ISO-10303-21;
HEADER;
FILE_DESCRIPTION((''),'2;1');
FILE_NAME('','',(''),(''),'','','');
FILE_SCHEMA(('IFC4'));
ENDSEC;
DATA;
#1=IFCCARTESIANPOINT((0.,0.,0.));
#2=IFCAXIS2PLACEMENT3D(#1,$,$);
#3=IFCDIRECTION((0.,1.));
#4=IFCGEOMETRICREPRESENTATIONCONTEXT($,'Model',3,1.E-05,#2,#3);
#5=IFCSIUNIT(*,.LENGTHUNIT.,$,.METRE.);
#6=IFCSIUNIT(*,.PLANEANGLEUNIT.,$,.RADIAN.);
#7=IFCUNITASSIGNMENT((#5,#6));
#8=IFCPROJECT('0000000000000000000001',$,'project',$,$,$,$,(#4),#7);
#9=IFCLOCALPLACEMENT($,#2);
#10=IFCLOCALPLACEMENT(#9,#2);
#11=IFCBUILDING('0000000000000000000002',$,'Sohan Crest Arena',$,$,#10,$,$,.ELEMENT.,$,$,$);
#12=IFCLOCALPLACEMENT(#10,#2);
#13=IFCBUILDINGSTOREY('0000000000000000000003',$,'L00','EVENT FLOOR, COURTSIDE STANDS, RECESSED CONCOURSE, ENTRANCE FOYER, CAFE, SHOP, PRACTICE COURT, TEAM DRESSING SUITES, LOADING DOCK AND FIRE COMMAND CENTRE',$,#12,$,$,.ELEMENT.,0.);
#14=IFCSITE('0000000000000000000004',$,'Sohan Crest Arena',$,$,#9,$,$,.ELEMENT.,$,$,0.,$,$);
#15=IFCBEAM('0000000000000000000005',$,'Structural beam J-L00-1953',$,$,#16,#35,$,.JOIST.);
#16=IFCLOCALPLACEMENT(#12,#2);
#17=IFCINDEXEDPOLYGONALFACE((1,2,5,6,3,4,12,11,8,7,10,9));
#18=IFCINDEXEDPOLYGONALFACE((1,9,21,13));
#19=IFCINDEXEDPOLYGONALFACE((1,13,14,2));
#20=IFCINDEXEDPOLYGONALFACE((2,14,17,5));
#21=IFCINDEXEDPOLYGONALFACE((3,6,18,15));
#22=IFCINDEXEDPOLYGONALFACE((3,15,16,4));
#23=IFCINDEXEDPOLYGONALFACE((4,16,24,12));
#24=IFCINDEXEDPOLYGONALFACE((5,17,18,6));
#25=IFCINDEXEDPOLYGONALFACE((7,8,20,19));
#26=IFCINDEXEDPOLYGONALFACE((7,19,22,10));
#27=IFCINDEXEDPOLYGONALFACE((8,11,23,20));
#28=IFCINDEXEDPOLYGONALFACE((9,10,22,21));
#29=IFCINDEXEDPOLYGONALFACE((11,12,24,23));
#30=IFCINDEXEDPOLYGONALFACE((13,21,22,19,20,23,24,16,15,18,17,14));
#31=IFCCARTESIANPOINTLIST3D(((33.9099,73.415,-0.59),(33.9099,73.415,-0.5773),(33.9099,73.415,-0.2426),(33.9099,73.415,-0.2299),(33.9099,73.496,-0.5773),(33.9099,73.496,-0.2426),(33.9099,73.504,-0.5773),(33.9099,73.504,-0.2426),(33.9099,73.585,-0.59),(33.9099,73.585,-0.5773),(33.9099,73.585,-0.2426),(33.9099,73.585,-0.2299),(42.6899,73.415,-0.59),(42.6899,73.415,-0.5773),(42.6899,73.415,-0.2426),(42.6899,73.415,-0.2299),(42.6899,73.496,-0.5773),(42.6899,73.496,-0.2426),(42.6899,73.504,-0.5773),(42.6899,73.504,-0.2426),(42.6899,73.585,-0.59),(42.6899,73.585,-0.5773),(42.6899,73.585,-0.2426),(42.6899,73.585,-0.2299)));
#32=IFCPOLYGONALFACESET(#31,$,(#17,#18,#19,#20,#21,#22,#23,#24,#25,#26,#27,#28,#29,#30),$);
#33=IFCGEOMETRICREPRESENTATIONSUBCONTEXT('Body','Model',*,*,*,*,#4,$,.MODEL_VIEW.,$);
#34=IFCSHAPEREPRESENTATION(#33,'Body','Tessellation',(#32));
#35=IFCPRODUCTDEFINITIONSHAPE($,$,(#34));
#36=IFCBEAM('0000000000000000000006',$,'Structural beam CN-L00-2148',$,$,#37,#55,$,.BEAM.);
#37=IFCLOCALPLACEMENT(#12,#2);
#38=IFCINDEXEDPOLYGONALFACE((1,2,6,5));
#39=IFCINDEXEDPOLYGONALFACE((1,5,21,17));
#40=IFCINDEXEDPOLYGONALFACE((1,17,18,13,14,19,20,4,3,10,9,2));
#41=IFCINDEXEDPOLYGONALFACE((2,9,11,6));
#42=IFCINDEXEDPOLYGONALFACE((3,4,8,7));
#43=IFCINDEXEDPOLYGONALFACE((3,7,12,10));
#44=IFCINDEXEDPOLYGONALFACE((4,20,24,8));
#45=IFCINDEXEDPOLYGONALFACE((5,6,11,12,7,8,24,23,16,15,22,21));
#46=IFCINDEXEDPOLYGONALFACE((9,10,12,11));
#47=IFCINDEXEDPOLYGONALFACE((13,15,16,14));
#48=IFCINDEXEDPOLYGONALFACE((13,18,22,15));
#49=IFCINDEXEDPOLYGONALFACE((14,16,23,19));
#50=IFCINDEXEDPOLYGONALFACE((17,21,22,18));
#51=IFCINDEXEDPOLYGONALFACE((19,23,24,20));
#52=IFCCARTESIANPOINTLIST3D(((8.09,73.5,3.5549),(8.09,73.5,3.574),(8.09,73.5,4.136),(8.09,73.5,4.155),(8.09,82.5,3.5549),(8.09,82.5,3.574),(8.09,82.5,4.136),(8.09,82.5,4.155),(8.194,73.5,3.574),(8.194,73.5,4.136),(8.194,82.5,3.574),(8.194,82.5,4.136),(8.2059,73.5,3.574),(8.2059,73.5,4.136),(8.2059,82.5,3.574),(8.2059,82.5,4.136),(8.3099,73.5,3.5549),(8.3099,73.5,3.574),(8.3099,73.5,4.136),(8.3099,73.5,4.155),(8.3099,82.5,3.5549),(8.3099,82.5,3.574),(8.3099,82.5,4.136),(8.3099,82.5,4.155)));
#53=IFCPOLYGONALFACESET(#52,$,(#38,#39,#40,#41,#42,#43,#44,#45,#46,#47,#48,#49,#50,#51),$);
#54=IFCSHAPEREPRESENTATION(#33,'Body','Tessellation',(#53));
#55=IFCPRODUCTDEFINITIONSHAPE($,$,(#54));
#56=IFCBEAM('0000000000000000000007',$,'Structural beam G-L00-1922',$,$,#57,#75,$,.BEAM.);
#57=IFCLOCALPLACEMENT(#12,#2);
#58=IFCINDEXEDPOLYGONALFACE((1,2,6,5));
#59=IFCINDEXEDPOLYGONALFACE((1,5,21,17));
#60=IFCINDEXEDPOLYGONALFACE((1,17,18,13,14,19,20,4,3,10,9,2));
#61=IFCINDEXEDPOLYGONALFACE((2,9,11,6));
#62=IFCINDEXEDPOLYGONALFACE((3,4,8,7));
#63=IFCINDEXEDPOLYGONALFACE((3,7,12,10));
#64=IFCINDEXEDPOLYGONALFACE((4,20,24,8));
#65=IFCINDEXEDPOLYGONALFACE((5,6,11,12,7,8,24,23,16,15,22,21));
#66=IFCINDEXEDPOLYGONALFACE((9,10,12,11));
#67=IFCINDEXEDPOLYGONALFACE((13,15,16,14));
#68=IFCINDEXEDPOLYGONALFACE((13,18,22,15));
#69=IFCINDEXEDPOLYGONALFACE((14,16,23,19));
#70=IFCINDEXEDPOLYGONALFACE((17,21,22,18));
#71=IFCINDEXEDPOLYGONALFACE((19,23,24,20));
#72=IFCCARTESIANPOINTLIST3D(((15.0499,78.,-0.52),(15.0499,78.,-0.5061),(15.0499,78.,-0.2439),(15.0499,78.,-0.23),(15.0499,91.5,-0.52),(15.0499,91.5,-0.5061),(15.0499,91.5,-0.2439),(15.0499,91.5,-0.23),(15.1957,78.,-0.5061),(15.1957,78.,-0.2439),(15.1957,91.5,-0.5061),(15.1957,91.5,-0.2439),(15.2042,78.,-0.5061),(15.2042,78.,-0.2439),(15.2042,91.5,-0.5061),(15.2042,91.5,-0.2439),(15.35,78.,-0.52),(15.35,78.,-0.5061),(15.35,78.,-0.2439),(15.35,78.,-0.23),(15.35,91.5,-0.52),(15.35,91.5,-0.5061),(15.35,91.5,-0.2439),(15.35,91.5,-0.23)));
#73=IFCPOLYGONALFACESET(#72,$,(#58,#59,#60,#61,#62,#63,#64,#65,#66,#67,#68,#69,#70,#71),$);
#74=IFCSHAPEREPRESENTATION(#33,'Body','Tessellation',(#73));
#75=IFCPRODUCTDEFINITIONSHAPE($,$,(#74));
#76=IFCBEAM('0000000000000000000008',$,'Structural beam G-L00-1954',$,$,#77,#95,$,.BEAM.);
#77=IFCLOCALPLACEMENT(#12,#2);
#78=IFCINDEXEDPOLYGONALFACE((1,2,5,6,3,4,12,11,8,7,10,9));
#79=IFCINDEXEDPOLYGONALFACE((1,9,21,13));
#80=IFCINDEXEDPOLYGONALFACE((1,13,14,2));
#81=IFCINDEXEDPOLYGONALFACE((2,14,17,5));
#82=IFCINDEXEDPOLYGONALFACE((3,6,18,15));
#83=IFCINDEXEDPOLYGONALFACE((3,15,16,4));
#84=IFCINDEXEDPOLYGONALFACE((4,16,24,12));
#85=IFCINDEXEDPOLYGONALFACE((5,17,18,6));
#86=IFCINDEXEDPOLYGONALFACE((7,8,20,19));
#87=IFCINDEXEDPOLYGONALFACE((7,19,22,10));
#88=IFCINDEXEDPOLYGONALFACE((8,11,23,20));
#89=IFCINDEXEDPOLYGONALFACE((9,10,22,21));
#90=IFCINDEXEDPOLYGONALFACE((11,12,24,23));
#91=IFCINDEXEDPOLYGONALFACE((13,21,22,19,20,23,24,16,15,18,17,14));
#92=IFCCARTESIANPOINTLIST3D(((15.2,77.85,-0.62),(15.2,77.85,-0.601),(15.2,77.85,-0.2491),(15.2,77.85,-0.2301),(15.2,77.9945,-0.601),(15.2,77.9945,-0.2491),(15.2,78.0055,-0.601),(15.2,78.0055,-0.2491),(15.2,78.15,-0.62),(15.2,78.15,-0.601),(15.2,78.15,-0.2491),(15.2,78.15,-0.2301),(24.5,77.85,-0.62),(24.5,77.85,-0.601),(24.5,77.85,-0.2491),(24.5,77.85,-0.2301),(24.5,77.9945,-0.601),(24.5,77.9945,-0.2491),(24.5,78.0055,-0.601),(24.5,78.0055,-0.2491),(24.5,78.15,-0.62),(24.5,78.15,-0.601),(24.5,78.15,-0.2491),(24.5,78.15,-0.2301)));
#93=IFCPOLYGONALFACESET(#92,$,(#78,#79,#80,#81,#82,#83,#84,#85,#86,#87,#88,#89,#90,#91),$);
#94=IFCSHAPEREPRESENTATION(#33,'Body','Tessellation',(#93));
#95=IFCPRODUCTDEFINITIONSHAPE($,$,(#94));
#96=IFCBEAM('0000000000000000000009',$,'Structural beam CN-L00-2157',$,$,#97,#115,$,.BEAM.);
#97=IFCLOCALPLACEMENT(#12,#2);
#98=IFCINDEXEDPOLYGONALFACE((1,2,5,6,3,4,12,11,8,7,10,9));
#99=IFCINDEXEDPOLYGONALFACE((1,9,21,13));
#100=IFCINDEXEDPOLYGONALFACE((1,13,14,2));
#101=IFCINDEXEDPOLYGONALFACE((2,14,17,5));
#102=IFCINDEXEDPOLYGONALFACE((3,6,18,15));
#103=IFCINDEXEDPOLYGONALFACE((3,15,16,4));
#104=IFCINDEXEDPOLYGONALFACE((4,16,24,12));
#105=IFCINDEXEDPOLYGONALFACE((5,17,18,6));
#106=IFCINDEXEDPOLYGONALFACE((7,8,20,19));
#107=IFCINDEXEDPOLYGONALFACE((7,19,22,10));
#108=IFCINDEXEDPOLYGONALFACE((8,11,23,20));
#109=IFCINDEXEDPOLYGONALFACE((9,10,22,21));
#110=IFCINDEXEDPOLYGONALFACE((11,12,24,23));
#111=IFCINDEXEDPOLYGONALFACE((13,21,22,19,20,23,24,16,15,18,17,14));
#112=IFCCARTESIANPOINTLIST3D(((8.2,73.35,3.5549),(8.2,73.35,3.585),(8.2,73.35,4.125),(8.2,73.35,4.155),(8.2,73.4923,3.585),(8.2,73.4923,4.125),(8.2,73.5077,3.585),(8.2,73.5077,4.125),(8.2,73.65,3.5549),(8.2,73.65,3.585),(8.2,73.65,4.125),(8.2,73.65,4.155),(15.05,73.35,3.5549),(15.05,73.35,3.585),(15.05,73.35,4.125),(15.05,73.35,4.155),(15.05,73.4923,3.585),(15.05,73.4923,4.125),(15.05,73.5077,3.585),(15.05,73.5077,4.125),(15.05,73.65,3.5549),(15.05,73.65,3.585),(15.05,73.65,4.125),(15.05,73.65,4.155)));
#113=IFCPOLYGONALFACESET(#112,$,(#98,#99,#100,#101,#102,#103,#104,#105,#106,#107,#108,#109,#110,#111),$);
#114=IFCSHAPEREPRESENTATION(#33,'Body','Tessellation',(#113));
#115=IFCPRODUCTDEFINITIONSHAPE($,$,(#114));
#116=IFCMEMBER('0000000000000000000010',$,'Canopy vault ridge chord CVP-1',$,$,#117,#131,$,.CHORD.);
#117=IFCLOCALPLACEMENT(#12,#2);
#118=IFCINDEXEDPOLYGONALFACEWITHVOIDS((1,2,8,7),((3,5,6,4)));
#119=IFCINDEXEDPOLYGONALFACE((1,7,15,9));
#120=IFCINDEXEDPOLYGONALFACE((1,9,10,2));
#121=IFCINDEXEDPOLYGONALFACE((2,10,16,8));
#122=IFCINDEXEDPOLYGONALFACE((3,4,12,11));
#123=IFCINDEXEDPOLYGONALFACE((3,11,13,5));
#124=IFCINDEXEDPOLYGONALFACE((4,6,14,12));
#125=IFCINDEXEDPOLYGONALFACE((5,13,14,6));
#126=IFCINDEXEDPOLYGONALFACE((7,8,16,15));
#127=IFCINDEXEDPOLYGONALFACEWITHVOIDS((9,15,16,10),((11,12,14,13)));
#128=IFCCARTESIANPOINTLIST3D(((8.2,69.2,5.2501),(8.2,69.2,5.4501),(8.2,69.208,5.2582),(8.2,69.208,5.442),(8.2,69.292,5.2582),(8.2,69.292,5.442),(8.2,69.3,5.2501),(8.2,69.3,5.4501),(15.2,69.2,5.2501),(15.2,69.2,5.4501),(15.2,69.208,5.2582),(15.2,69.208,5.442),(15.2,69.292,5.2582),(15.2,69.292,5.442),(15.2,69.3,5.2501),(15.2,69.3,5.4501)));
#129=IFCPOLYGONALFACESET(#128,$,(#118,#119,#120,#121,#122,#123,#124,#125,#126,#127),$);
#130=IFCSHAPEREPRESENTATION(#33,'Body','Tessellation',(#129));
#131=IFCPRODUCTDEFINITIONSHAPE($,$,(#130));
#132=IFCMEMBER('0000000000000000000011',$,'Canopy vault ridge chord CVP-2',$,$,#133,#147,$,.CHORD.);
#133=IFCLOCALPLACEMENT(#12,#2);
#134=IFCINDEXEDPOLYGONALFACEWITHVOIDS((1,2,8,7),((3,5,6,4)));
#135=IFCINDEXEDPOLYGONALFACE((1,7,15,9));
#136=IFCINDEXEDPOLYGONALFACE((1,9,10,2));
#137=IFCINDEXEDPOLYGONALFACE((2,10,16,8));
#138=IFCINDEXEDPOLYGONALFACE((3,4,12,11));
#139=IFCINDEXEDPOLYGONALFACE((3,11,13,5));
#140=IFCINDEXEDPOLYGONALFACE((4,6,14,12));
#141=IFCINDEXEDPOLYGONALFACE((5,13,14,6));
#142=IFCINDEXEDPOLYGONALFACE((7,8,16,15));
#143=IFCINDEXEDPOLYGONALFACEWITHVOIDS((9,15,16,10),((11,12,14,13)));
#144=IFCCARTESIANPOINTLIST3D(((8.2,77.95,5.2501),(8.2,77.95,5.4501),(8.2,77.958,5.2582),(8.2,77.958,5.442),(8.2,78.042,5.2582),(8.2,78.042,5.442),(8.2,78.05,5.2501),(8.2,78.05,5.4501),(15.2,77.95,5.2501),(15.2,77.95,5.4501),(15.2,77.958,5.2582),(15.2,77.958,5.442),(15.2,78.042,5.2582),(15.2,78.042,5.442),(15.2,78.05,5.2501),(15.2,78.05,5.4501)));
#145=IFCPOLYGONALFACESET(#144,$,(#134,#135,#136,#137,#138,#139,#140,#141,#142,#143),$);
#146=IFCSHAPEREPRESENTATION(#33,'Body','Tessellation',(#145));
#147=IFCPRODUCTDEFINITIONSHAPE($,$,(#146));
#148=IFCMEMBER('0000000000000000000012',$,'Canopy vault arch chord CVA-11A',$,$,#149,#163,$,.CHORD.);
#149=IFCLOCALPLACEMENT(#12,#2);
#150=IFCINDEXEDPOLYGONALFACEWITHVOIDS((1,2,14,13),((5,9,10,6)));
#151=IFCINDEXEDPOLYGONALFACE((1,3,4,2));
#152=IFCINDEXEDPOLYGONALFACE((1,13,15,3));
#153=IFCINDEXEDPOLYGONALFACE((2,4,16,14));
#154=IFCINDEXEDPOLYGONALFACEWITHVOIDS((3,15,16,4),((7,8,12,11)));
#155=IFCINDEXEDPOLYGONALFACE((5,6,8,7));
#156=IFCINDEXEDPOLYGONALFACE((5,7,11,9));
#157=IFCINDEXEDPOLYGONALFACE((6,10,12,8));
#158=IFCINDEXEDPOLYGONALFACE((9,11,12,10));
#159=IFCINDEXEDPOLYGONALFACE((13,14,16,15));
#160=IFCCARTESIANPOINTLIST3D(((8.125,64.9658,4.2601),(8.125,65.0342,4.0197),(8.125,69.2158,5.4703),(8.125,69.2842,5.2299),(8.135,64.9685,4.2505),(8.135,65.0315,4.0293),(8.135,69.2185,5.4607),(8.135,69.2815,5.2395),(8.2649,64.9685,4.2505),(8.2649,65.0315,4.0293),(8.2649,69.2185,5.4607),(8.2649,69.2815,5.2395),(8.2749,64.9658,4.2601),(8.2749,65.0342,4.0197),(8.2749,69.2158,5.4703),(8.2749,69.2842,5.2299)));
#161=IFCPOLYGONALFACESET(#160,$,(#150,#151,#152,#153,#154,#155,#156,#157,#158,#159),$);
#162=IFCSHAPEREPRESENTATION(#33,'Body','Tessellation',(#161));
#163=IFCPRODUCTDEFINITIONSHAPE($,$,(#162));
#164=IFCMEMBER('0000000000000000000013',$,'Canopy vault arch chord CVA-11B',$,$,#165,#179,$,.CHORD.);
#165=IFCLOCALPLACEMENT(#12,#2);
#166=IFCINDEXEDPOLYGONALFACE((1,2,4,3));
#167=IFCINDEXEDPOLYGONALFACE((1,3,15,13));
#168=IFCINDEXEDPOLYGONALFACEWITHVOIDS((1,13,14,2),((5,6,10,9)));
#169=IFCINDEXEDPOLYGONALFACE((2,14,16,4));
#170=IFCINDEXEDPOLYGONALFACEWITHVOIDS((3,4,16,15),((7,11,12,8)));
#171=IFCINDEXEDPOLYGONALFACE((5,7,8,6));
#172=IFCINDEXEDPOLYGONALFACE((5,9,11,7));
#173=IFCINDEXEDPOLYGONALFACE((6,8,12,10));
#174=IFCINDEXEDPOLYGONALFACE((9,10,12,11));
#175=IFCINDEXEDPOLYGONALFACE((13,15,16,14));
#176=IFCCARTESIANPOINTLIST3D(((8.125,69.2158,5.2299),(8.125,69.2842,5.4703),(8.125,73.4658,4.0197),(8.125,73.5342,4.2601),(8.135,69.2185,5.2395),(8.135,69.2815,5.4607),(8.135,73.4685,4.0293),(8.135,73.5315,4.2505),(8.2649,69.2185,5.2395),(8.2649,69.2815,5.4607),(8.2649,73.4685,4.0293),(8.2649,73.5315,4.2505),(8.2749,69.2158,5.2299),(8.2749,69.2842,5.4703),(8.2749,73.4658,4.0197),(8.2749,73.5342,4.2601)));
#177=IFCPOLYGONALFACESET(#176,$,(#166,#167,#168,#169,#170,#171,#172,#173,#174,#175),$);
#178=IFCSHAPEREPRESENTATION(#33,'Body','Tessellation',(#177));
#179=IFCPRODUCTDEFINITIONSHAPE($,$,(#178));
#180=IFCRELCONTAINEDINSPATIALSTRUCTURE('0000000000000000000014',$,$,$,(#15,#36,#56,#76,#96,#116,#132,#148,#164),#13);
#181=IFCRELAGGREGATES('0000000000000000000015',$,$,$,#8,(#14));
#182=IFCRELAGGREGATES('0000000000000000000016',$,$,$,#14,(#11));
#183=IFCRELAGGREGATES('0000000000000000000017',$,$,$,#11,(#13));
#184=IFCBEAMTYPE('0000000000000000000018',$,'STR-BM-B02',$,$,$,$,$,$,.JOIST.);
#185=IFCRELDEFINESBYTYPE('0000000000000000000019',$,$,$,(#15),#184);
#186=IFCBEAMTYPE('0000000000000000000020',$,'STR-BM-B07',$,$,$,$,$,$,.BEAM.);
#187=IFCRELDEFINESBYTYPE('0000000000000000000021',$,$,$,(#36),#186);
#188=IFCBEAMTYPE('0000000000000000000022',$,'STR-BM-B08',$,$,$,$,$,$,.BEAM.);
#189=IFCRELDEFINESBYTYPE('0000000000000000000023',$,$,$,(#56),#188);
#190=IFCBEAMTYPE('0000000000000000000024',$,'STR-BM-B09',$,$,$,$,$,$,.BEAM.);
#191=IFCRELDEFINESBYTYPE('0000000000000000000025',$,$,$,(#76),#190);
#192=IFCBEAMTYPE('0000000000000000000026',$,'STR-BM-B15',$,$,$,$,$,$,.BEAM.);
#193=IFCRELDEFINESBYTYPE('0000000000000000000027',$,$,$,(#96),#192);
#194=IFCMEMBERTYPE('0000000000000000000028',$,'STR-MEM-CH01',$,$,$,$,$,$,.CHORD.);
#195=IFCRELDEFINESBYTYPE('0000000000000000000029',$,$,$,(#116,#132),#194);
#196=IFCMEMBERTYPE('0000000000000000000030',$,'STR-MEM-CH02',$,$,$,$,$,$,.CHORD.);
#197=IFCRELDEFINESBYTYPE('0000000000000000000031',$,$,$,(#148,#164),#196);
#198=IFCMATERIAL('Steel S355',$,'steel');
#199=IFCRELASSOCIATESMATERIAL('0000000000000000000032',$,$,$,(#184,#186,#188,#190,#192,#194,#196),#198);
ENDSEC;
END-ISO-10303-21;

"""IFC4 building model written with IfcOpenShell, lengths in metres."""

from ifc_helpers import new_model, si_unit, direction, frame, origin, origin_2d, place, context, subcontext, project, spatial, hollow_rectangle, i_section, extrude, material, material_profile, profile_set, type_object, element, save


model = new_model("IFC4")

# Units and contexts
model_context = context("Model", 3, precision=1e-05, world=origin(), true_north=direction((0.0, 1.0)))
body_context = subcontext(model_context, "Body", "Model", "MODEL_VIEW")
ifc_project = project(units=[si_unit("LENGTHUNIT", "METRE"), si_unit("PLANEANGLEUNIT", "RADIAN")], contexts=[model_context])

# Site, building, storey
site_placement = place(None, origin())
site = spatial("IfcSite", under=ifc_project, at=site_placement, Name="Sohan Crest Arena", CompositionType="ELEMENT", RefElevation=0.0)
building_placement = place(site_placement, origin())
building = spatial("IfcBuilding", under=site, at=building_placement, Name="Sohan Crest Arena", CompositionType="ELEMENT")
storey_placement = place(building_placement, origin())
storey = spatial("IfcBuildingStorey", under=building, at=storey_placement, Name="L00", Description="EVENT FLOOR, COURTSIDE STANDS, RECESSED CONCOURSE, ENTRANCE FOYER, CAFE, SHOP, PRACTICE COURT, TEAM DRESSING SUITES, LOADING DOCK AND FIRE COMMAND CENTRE", CompositionType="ELEMENT", Elevation=0.0)

# Shared definitions
ifc_material_1 = material(Name="Steel S355", Category="steel")

# Beams
ifc_material_profile_1 = material_profile(ifc_material_1, i_section(OverallWidth=0.1699, OverallDepth=0.3601, WebThickness=0.0081, FlangeThickness=0.0127, at=origin_2d()), Name="IPE 360")
ifc_profile_set_1 = profile_set([ifc_material_profile_1], Name="Steel S355")
beam_type_1 = type_object("IfcBeamType", Name="STR-BM-B02", PredefinedType="JOIST", material=ifc_profile_set_1)
for number, where, z_axis, x_axis, name in (
    (1, (33.9099, 73.5, -0.4099), (1.0, 0.0, 0.0), (0.0, 1.0, 0.0), "Structural beam J-L00-1953"),
):
    element("IfcBeam", number, at=place(storey_placement, frame(where, z_axis=z_axis, x_axis=x_axis)), inside=storey, type_object=beam_type_1, Name=name, PredefinedType="JOIST", context=body_context, shape_type="SweptSolid", body=[
        extrude(i_section(OverallWidth=0.1699, OverallDepth=0.3601, WebThickness=0.0081, FlangeThickness=0.0127, at=origin_2d()), origin(), (0.0, 0.0, 1.0), 8.78),
    ])
ifc_material_profile_2 = material_profile(ifc_material_1, i_section(OverallWidth=0.22, OverallDepth=0.6001, WebThickness=0.012, FlangeThickness=0.019, at=origin_2d()), Name="IPE 600")
ifc_profile_set_2 = profile_set([ifc_material_profile_2], Name="Steel S355")
beam_type_2 = type_object("IfcBeamType", Name="STR-BM-B07", PredefinedType="BEAM", material=ifc_profile_set_2)
beam_1_placement = place(storey_placement, frame((8.2, 73.5, 3.855), z_axis=(0.0, 1.0, 0.0), x_axis=(-1.0, 0.0, 0.0)))
element("IfcBeam", 2, at=beam_1_placement, inside=storey, type_object=beam_type_2, Name="Structural beam CN-L00-2148", PredefinedType="BEAM", context=body_context, shape_type="SweptSolid", body=[
    extrude(i_section(OverallWidth=0.22, OverallDepth=0.6001, WebThickness=0.012, FlangeThickness=0.019, at=origin_2d()), origin(), (0.0, 0.0, 1.0), 9.0),
])
ifc_material_profile_3 = material_profile(ifc_material_1, i_section(OverallWidth=0.3, OverallDepth=0.29, WebThickness=0.0085, FlangeThickness=0.0139, at=origin_2d()), Name="HEA 300")
ifc_profile_set_3 = profile_set([ifc_material_profile_3], Name="Steel S355")
beam_type_3 = type_object("IfcBeamType", Name="STR-BM-B08", PredefinedType="BEAM", material=ifc_profile_set_3)
beam_2_placement = place(storey_placement, frame((15.2, 78.0, -0.375), z_axis=(0.0, 1.0, 0.0), x_axis=(-1.0, 0.0, 0.0)))
element("IfcBeam", 3, at=beam_2_placement, inside=storey, type_object=beam_type_3, Name="Structural beam G-L00-1922", PredefinedType="BEAM", context=body_context, shape_type="SweptSolid", body=[
    extrude(i_section(OverallWidth=0.3, OverallDepth=0.29, WebThickness=0.0085, FlangeThickness=0.0139, at=origin_2d()), origin(), (0.0, 0.0, 1.0), 13.5),
])
ifc_material_profile_4 = material_profile(ifc_material_1, i_section(OverallWidth=0.3, OverallDepth=0.3899, WebThickness=0.011, FlangeThickness=0.019, at=origin_2d()), Name="HEA 400")
ifc_profile_set_4 = profile_set([ifc_material_profile_4], Name="Steel S355")
beam_type_4 = type_object("IfcBeamType", Name="STR-BM-B09", PredefinedType="BEAM", material=ifc_profile_set_4)
beam_3_placement = place(storey_placement, frame((15.2, 78.0, -0.425), z_axis=(1.0, 0.0, 0.0), x_axis=(0.0, 1.0, 0.0)))
element("IfcBeam", 4, at=beam_3_placement, inside=storey, type_object=beam_type_4, Name="Structural beam G-L00-1954", PredefinedType="BEAM", context=body_context, shape_type="SweptSolid", body=[
    extrude(i_section(OverallWidth=0.3, OverallDepth=0.3899, WebThickness=0.011, FlangeThickness=0.019, at=origin_2d()), origin(), (0.0, 0.0, 1.0), 9.3),
])
ifc_material_profile_5 = material_profile(ifc_material_1, i_section(OverallWidth=0.3, OverallDepth=0.6001, WebThickness=0.0154, FlangeThickness=0.03, at=origin_2d()), Name="HEB 600")
ifc_profile_set_5 = profile_set([ifc_material_profile_5], Name="Steel S355")
beam_type_5 = type_object("IfcBeamType", Name="STR-BM-B15", PredefinedType="BEAM", material=ifc_profile_set_5)
beam_4_placement = place(storey_placement, frame((8.2, 73.5, 3.855), z_axis=(1.0, 0.0, 0.0), x_axis=(0.0, 1.0, 0.0)))
element("IfcBeam", 5, at=beam_4_placement, inside=storey, type_object=beam_type_5, Name="Structural beam CN-L00-2157", PredefinedType="BEAM", context=body_context, shape_type="SweptSolid", body=[
    extrude(i_section(OverallWidth=0.3, OverallDepth=0.6001, WebThickness=0.0154, FlangeThickness=0.03, at=origin_2d()), origin(), (0.0, 0.0, 1.0), 6.8501),
])

# Members
ifc_material_profile_6 = material_profile(ifc_material_1, hollow_rectangle(XDim=0.1001, YDim=0.2, WallThickness=0.0081, at=origin_2d()), Name="RHS 200x100x8")
ifc_profile_set_6 = profile_set([ifc_material_profile_6], Name="Steel S355")
member_type_1 = type_object("IfcMemberType", Name="STR-MEM-CH01", PredefinedType="CHORD", material=ifc_profile_set_6)
for number, where, z_axis, x_axis, name in (
    (6, (8.2, 69.25, 5.3501), (1.0, 0.0, 0.0), (0.0, 1.0, 0.0), "Canopy vault ridge chord CVP-1"),
    (7, (8.2, 78.0, 5.3501), (1.0, 0.0, 0.0), (0.0, 1.0, 0.0), "Canopy vault ridge chord CVP-2"),
):
    element("IfcMember", number, at=place(storey_placement, frame(where, z_axis=z_axis, x_axis=x_axis)), inside=storey, type_object=member_type_1, Name=name, PredefinedType="CHORD", context=body_context, shape_type="SweptSolid", body=[
        extrude(hollow_rectangle(XDim=0.1001, YDim=0.2, WallThickness=0.0081, at=origin_2d()), origin(), (0.0, 0.0, 1.0), 7.0),
    ])
ifc_material_profile_7 = material_profile(ifc_material_1, hollow_rectangle(XDim=0.1499, YDim=0.25, WallThickness=0.01, at=origin_2d()), Name="RHS 250x150x10")
ifc_profile_set_7 = profile_set([ifc_material_profile_7], Name="Steel S355")
member_type_2 = type_object("IfcMemberType", Name="STR-MEM-CH02", PredefinedType="CHORD", material=ifc_profile_set_7)
for number, where, z_axis, x_axis, name in (
    (8, (8.2, 65.0, 4.1399), (0.0, 0.961767, 0.273867), (-1.0, 0.0, 0.0), "Canopy vault arch chord CVA-11A"),
    (9, (8.2, 69.25, 5.3501), (0.0, 0.961767, -0.273867), (-1.0, 0.0, 0.0), "Canopy vault arch chord CVA-11B"),
):
    element("IfcMember", number, at=place(storey_placement, frame(where, z_axis=z_axis, x_axis=x_axis)), inside=storey, type_object=member_type_2, Name=name, PredefinedType="CHORD", context=body_context, shape_type="SweptSolid", body=[
        extrude(hollow_rectangle(XDim=0.1499, YDim=0.25, WallThickness=0.01, at=origin_2d()), origin(), (0.0, 0.0, 1.0), 4.4189),
    ])

save(model, "model.ifc")
